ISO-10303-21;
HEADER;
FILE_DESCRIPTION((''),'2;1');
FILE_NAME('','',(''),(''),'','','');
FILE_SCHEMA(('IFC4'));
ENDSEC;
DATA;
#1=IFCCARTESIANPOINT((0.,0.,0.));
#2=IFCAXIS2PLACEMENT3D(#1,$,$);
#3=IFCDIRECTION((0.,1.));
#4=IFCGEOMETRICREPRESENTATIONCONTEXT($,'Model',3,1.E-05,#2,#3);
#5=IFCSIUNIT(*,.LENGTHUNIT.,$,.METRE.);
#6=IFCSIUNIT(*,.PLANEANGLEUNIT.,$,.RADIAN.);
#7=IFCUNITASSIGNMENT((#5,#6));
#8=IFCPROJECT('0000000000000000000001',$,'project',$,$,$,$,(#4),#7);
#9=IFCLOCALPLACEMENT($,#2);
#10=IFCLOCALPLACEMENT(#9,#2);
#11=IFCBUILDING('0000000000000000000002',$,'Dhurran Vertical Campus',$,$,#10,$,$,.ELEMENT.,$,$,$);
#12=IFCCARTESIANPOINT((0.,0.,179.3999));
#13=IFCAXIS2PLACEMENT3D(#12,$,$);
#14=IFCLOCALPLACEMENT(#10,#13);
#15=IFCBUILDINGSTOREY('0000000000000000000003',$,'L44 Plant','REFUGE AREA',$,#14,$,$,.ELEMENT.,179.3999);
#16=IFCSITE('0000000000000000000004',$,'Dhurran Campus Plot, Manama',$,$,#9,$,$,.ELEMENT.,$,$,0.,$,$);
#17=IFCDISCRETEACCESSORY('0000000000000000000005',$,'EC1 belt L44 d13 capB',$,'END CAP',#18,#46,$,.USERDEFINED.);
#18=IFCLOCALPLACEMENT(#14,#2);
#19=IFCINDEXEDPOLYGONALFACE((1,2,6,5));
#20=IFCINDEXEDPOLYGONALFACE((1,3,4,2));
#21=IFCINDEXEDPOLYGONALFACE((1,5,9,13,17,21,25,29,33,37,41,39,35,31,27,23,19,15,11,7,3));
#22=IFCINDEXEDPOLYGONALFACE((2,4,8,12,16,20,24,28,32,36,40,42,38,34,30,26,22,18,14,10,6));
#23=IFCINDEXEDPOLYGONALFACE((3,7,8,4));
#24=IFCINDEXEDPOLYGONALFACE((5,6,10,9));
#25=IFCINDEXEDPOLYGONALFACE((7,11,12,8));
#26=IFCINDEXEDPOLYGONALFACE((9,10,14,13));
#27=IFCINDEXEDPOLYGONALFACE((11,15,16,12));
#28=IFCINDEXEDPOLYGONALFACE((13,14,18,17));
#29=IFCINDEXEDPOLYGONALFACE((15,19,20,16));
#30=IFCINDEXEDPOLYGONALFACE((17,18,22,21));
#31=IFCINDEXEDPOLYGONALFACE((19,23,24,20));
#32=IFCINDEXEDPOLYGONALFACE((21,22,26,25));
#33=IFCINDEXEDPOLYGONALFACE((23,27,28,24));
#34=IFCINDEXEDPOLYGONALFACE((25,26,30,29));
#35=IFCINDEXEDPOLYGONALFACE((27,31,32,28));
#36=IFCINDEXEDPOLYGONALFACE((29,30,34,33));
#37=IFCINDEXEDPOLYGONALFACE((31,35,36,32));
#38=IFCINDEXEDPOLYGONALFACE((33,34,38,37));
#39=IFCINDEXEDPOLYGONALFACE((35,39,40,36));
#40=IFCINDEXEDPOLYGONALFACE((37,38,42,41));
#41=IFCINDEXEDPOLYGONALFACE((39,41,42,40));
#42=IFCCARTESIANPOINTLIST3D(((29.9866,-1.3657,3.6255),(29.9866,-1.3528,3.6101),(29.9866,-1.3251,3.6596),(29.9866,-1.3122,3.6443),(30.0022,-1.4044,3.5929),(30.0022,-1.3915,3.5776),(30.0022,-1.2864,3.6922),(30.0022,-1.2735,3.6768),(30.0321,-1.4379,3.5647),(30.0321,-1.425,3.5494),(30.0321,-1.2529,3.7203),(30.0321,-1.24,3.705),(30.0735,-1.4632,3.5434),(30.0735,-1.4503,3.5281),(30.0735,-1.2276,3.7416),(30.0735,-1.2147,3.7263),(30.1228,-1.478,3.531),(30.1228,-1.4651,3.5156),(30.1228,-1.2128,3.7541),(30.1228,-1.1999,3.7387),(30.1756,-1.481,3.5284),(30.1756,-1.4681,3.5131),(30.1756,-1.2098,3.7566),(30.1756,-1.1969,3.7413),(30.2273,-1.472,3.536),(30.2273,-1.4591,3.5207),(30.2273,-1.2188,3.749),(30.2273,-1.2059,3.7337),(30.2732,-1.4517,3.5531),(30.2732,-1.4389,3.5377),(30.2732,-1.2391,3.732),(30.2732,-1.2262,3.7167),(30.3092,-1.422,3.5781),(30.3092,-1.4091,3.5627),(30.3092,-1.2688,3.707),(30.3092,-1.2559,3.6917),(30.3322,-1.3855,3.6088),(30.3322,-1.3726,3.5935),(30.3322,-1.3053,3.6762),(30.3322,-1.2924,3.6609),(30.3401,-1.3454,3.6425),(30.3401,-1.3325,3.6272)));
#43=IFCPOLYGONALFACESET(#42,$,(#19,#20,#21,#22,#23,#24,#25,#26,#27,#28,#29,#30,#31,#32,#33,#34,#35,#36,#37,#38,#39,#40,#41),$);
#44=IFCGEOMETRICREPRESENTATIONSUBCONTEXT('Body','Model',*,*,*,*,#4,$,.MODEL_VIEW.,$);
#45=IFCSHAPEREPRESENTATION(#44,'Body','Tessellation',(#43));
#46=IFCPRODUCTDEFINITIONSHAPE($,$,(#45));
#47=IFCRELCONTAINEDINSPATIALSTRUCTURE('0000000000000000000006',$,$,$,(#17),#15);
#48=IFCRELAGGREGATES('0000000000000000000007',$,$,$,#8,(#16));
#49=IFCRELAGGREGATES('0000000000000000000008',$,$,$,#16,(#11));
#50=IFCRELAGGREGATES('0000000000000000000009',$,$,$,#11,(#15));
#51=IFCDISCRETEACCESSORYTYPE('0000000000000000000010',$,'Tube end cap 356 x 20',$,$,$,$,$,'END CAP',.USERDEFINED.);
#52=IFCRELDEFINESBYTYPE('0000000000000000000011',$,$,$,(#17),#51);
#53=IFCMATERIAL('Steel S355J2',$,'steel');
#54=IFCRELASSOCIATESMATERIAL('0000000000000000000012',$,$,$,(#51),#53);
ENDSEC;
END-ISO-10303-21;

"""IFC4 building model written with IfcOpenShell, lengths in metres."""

from ifc_helpers import new_model, si_unit, direction, frame, origin, origin_2d, place, context, subcontext, project, spatial, circle, extrude, material, material_profile, profile_set, type_object, element, save


model = new_model("IFC4")

# Units and contexts
model_context = context("Model", 3, precision=1e-05, world=origin(), true_north=direction((0.0, 1.0)))
body_context = subcontext(model_context, "Body", "Model", "MODEL_VIEW")
ifc_project = project(units=[si_unit("LENGTHUNIT", "METRE"), si_unit("PLANEANGLEUNIT", "RADIAN")], contexts=[model_context])

# Site, building, storey
site_placement = place(None, origin())
site = spatial("IfcSite", under=ifc_project, at=site_placement, Name="Dhurran Campus Plot, Manama", CompositionType="ELEMENT", RefElevation=0.0)
building_placement = place(site_placement, origin())
building = spatial("IfcBuilding", under=site, at=building_placement, Name="Dhurran Vertical Campus", CompositionType="ELEMENT")
storey_placement = place(building_placement, frame((0.0, 0.0, 179.3999)))
storey = spatial("IfcBuildingStorey", under=building, at=storey_placement, Name="L44 Plant", Description="REFUGE AREA", CompositionType="ELEMENT", Elevation=179.3999)

# Discrete accessory
ifc_material_1 = material(Name="Steel S355J2", Category="steel")
ifc_material_profile_1 = material_profile(ifc_material_1, circle(Radius=0.1777, at=origin_2d()), Name="Tube end cap 356 x 20")
ifc_profile_set_1 = profile_set([ifc_material_profile_1], Name="Steel S355J2")
discrete_accessory_type = type_object("IfcDiscreteAccessoryType", Name="Tube end cap 356 x 20", ElementType="END CAP", PredefinedType="USERDEFINED", material=ifc_profile_set_1)
discrete_accessory_1_placement = place(storey_placement, frame((30.1624, -1.3325, 3.6272), z_axis=(0.0, -0.643762, 0.765226), x_axis=(1.0, 0.0, 0.0)))
element("IfcDiscreteAccessory", 1, at=discrete_accessory_1_placement, inside=storey, type_object=discrete_accessory_type, Name="EC1 belt L44 d13 capB", ObjectType="END CAP", PredefinedType="USERDEFINED", context=body_context, shape_type="SweptSolid", body=[
    extrude(circle(Radius=0.1777, at=origin_2d()), origin(), (0.0, 0.0, 1.0), 0.02),
])

save(model, "model.ifc")
